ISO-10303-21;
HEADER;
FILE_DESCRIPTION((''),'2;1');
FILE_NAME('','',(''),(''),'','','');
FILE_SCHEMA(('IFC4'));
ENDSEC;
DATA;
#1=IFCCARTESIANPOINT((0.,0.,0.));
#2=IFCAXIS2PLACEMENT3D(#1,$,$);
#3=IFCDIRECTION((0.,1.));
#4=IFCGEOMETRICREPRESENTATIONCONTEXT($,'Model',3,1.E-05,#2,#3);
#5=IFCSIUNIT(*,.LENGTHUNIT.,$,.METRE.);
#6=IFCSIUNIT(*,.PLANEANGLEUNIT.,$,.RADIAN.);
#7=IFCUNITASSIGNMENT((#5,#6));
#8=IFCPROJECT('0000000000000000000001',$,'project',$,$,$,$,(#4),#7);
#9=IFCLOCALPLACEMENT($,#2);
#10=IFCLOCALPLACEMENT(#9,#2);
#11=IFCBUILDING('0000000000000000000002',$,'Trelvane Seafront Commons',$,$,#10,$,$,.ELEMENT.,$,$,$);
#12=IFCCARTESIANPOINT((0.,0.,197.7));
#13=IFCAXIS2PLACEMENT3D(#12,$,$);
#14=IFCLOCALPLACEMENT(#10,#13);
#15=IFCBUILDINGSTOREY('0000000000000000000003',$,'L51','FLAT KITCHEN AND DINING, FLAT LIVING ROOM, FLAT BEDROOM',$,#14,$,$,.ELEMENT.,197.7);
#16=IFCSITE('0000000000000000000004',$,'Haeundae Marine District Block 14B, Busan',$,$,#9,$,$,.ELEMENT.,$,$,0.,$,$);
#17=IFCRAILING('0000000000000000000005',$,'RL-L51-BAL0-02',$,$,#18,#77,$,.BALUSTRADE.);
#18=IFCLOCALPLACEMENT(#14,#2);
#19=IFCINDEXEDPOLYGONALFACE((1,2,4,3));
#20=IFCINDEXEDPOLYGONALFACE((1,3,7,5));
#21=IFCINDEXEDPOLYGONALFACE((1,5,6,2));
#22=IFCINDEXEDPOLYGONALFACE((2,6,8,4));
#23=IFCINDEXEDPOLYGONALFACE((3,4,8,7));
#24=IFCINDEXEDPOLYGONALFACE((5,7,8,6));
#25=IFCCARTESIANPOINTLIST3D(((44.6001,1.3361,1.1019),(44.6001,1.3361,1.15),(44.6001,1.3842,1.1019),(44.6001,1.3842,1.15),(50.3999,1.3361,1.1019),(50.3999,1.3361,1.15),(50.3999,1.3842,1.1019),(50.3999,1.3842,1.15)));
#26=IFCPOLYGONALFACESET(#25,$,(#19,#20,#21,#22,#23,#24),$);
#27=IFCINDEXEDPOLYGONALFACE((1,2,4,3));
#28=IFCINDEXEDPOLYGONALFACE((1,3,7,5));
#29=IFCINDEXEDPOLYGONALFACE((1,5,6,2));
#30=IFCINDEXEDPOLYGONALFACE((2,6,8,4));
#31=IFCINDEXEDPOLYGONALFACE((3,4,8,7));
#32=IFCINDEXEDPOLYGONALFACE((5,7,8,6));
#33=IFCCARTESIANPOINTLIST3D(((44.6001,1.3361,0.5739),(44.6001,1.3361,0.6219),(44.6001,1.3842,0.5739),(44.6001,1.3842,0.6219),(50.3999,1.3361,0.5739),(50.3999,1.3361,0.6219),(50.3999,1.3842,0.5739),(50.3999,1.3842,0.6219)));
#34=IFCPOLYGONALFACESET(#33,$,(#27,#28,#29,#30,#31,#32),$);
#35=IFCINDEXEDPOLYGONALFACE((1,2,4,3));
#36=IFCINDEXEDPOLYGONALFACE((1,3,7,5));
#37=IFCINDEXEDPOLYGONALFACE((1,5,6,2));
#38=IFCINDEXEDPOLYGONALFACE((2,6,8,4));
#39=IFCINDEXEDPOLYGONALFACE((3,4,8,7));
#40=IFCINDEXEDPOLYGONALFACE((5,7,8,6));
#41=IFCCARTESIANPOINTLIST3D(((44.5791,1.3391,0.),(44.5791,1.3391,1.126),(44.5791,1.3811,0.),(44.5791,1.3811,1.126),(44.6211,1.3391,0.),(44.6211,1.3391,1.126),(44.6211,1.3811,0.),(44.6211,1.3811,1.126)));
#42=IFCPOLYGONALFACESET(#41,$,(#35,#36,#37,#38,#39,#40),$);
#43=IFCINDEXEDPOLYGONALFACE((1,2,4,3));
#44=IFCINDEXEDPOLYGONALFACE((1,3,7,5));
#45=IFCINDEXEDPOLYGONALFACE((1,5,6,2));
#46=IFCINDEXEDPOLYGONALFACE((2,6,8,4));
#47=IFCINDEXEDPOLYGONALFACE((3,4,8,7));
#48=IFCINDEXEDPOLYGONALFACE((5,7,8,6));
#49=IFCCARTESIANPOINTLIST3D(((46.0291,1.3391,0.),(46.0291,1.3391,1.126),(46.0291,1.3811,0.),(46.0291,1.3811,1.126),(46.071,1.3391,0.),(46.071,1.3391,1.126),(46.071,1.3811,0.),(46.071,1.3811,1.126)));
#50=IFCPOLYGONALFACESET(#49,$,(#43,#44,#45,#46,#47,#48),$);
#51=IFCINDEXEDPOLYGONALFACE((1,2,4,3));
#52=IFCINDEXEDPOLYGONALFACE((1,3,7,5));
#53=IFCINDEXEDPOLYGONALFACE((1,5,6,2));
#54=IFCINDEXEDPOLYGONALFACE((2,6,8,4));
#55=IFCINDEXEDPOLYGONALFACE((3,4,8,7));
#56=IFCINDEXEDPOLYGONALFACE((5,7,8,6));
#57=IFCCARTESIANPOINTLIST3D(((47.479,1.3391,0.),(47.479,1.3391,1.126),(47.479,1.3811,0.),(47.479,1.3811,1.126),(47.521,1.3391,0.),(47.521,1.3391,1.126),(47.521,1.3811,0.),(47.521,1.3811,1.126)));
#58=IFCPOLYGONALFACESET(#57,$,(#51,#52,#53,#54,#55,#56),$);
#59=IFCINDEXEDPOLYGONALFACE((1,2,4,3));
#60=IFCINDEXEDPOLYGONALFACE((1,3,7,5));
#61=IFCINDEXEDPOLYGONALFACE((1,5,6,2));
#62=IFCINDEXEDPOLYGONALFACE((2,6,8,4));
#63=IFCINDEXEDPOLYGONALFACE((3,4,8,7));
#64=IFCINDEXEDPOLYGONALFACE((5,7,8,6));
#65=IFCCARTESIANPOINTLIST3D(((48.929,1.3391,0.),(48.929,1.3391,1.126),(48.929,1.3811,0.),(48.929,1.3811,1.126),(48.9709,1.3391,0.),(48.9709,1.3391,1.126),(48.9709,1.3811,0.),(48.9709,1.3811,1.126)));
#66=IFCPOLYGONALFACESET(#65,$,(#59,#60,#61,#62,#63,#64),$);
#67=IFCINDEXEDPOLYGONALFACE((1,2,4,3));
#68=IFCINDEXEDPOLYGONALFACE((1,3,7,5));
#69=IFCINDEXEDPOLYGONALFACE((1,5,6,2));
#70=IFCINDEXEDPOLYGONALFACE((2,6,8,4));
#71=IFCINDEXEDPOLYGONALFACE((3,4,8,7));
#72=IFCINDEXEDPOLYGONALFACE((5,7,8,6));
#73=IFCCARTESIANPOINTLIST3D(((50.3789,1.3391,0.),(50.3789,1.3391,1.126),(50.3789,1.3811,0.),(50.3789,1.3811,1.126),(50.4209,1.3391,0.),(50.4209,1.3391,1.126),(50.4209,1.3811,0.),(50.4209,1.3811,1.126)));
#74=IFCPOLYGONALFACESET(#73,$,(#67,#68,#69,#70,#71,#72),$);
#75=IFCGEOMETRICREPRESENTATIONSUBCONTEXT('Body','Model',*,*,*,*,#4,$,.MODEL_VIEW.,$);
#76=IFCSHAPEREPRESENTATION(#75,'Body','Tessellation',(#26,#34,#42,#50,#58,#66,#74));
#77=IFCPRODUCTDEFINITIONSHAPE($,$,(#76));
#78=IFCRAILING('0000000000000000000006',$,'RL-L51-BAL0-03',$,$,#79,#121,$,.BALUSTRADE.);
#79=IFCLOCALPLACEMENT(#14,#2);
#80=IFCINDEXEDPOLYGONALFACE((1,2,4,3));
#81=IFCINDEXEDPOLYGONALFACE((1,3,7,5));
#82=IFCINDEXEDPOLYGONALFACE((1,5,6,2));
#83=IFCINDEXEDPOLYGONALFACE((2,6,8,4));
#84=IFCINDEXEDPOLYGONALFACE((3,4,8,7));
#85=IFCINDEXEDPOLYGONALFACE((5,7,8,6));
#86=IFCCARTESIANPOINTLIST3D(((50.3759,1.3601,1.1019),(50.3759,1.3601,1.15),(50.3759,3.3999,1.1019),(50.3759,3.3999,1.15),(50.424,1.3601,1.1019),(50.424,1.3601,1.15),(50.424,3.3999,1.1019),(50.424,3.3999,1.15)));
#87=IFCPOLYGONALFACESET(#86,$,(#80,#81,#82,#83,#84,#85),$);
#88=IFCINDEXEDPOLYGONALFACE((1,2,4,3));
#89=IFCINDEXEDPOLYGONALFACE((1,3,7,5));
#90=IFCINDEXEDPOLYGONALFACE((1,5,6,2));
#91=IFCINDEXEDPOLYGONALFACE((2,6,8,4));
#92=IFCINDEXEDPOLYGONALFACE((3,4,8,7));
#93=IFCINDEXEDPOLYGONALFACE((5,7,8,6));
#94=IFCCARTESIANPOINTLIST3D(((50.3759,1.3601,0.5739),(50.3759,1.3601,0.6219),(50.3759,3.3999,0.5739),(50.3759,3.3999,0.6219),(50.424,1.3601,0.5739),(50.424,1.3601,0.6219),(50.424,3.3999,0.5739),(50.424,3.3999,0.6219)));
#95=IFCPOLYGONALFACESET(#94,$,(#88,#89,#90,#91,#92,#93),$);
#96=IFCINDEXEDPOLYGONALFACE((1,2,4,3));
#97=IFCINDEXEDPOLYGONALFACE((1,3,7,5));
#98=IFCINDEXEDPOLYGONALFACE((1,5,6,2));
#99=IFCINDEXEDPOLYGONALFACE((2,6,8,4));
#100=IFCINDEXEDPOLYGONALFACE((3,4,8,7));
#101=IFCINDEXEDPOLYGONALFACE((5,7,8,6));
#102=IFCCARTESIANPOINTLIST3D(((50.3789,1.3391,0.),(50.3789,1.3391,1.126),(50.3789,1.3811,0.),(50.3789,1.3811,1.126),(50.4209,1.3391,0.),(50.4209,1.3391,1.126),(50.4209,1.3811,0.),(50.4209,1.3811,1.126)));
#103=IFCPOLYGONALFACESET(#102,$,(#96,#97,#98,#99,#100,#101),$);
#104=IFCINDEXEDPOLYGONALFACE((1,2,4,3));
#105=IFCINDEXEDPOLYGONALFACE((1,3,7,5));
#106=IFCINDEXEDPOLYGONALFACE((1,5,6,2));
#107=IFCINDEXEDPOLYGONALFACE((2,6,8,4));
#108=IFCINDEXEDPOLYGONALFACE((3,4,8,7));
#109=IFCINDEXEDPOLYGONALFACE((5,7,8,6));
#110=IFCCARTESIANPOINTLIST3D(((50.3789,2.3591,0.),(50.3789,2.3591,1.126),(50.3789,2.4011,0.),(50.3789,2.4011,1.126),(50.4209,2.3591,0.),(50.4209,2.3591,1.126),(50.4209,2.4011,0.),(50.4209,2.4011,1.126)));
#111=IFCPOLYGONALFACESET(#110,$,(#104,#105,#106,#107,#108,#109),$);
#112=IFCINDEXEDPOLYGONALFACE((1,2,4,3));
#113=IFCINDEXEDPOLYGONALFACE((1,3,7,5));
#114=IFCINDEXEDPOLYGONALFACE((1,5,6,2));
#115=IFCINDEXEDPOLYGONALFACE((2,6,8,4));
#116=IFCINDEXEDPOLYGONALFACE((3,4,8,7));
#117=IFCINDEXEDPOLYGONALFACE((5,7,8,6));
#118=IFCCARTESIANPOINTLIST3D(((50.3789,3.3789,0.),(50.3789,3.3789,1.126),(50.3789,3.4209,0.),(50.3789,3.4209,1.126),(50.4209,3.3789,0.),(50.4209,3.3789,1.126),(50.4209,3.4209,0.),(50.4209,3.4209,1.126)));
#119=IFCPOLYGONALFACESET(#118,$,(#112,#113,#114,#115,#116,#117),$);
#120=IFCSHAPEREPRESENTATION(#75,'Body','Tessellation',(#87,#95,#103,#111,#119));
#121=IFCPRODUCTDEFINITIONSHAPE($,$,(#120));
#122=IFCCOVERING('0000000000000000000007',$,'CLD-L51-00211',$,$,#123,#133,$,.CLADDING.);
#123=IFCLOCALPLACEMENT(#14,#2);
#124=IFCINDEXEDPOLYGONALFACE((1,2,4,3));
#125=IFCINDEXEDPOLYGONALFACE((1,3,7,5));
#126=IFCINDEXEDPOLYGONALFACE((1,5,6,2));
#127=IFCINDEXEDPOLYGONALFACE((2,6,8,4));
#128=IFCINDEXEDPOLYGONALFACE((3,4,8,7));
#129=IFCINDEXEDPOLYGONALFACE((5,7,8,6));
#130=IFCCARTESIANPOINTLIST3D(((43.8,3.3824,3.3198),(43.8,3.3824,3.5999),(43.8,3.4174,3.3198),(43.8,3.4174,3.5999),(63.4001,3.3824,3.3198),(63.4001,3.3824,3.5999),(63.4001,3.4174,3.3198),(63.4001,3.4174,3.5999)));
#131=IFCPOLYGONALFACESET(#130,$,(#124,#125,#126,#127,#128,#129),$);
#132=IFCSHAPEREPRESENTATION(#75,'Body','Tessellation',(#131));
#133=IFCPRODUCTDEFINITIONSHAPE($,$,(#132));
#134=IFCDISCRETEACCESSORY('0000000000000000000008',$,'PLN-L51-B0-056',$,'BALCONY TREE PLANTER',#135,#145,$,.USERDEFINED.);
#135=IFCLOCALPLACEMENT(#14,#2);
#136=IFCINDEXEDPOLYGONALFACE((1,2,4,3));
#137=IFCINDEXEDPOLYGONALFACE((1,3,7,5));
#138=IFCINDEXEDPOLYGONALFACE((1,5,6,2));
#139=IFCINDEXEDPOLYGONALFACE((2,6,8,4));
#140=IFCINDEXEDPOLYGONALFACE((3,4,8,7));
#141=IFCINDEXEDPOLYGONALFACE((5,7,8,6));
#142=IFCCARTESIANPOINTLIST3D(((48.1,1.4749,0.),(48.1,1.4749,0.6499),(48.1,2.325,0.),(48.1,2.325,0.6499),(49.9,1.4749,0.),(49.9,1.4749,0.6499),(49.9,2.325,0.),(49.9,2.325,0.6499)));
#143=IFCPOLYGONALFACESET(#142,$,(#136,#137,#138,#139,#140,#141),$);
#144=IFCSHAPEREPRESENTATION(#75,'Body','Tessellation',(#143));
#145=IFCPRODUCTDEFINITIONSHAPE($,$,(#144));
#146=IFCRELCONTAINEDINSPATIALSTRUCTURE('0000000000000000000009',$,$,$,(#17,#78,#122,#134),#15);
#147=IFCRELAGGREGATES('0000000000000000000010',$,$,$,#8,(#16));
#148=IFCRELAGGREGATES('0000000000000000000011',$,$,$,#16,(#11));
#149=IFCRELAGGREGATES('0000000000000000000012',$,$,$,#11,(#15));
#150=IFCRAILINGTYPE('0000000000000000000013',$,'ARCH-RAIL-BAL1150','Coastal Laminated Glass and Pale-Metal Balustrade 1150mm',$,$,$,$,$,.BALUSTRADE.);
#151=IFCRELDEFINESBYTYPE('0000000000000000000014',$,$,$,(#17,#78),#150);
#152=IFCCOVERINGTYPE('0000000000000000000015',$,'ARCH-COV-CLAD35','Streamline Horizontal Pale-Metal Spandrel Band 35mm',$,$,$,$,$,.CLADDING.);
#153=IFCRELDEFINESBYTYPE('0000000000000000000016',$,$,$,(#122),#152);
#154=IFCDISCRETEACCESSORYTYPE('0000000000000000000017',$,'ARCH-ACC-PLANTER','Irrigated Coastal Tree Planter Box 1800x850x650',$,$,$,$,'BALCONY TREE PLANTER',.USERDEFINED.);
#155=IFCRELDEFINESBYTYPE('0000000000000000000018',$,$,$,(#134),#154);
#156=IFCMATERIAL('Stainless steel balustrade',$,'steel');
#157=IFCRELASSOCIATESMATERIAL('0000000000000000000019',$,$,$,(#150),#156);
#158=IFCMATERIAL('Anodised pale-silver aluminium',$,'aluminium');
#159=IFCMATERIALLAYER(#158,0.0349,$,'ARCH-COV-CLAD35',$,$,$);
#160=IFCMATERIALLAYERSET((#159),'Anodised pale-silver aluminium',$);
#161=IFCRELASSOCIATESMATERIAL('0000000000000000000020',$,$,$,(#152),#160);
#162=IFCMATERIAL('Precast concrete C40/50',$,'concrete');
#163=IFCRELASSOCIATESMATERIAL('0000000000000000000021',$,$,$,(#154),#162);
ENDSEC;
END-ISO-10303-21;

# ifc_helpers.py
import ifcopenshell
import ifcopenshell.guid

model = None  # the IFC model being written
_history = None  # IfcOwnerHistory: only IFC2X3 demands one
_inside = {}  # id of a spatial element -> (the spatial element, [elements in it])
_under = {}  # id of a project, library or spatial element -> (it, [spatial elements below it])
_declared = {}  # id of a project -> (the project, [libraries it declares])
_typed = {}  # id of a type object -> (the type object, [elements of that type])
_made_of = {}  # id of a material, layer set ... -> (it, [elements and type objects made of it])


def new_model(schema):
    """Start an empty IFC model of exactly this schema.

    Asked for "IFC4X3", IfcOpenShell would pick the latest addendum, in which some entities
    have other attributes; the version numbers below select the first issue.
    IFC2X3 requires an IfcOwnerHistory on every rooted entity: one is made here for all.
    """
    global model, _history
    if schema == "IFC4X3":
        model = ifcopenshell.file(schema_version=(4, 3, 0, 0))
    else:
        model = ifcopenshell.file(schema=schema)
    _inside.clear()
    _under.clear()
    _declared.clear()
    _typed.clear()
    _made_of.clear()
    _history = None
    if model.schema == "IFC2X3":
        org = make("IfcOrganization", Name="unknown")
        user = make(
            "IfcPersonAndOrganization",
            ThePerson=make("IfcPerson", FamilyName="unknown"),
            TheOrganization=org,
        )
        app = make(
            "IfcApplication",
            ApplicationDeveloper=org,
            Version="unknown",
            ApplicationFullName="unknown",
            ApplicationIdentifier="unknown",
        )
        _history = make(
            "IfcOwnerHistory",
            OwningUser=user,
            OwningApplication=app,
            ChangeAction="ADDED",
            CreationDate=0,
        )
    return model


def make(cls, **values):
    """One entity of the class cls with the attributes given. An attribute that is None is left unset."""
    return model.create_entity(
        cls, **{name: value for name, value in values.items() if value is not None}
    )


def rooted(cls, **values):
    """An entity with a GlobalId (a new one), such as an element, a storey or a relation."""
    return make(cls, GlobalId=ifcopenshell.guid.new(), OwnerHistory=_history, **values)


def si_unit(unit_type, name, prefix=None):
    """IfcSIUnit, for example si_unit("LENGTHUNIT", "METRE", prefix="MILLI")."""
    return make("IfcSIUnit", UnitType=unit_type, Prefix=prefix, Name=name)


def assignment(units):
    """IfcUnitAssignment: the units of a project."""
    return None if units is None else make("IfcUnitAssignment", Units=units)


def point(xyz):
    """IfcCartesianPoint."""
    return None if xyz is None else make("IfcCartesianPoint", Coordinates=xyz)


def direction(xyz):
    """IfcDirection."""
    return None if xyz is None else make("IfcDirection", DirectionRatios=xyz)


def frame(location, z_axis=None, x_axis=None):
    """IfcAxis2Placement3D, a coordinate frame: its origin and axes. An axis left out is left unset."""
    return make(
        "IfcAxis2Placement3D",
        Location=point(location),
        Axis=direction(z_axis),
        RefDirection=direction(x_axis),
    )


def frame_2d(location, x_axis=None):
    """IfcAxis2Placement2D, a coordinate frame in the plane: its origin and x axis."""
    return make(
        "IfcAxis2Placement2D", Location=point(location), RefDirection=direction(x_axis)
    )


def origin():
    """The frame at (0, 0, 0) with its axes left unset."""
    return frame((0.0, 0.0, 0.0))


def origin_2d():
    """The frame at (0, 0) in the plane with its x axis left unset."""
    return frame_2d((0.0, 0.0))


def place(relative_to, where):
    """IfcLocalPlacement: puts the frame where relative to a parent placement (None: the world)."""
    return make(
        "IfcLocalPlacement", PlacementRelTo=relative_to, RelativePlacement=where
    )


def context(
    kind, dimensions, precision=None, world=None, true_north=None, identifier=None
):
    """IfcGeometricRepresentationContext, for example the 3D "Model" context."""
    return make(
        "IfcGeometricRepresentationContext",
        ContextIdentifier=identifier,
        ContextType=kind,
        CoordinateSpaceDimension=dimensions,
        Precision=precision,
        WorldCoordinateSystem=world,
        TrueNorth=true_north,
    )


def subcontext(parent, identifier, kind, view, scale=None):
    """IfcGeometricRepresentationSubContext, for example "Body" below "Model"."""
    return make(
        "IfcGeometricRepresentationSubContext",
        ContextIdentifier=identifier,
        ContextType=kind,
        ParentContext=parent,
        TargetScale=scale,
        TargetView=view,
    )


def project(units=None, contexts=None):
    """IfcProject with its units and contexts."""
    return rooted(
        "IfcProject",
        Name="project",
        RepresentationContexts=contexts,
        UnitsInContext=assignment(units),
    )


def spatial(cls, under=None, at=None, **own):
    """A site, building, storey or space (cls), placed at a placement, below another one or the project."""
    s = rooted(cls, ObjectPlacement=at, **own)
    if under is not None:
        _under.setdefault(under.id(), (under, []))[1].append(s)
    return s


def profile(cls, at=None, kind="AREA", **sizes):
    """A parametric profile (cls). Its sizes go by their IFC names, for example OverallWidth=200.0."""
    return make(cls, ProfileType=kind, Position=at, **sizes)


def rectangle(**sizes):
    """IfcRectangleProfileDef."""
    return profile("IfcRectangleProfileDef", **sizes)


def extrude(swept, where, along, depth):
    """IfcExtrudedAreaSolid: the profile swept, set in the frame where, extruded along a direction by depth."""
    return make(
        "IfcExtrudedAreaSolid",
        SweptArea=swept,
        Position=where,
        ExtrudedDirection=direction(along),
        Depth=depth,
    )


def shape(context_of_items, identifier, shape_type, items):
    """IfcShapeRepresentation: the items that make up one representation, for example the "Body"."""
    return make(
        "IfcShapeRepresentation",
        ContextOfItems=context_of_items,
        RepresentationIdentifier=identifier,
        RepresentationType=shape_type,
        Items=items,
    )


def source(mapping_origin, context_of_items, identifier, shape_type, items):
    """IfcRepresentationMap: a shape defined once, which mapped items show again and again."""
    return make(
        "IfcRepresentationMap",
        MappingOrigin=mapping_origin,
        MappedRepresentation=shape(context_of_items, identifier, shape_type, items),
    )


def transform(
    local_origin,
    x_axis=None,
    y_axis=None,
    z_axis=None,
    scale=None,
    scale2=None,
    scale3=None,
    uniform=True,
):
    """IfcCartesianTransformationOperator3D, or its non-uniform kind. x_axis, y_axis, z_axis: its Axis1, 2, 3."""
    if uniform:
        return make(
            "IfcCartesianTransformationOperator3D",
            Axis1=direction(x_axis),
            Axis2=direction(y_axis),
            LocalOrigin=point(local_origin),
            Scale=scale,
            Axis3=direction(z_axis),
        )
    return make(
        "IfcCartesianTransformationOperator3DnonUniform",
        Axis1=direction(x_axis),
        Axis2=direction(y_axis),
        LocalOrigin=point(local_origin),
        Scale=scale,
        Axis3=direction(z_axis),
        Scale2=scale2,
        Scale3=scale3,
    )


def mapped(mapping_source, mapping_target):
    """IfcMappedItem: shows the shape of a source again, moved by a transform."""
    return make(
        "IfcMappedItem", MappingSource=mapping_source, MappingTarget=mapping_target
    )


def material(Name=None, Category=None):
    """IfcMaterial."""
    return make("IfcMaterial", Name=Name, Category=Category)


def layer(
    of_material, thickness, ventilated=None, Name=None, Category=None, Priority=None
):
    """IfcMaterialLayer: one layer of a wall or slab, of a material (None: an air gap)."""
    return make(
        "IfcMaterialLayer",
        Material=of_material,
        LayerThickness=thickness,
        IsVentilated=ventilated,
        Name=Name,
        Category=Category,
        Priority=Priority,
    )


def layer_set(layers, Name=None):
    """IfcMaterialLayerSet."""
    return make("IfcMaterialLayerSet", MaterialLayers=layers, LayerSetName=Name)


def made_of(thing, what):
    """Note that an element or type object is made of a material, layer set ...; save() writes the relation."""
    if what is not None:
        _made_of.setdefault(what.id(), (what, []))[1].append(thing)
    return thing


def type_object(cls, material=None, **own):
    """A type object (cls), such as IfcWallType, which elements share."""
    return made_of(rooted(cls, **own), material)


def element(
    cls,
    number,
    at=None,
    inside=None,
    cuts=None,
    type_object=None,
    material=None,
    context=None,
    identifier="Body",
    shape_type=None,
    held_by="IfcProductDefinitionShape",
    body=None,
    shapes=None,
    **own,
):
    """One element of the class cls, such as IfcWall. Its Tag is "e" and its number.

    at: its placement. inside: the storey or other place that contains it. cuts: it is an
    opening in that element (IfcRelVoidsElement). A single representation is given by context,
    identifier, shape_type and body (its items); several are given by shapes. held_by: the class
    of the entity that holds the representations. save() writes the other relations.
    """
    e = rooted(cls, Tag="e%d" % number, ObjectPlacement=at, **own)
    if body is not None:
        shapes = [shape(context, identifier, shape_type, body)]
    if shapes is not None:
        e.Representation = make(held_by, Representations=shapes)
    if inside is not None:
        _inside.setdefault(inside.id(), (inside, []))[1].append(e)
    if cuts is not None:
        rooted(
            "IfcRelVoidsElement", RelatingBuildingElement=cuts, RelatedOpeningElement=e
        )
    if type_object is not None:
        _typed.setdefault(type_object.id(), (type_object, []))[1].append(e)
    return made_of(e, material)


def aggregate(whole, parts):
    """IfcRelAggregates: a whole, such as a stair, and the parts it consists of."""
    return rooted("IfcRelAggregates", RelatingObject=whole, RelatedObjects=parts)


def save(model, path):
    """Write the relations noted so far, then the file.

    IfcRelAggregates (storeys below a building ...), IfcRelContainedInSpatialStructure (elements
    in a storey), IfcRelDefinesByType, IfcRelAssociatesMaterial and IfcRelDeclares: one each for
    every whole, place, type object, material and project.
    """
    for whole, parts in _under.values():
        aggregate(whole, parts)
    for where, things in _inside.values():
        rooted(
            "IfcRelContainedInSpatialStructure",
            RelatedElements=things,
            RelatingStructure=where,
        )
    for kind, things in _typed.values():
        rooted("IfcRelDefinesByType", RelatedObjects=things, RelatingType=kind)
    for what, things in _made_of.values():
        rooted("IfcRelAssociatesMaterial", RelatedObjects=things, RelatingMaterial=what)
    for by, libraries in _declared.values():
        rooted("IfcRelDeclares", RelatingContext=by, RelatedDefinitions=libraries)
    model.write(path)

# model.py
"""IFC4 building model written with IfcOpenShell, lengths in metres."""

from ifc_helpers import new_model, si_unit, direction, frame, origin, origin_2d, place, context, subcontext, project, spatial, rectangle, extrude, source, transform, mapped, material, layer, layer_set, type_object, element, save


model = new_model("IFC4")

# Units and contexts
model_context = context("Model", 3, precision=1e-05, world=origin(), true_north=direction((0.0, 1.0)))
body_context = subcontext(model_context, "Body", "Model", "MODEL_VIEW")
ifc_project = project(units=[si_unit("LENGTHUNIT", "METRE"), si_unit("PLANEANGLEUNIT", "RADIAN")], contexts=[model_context])

# Site, building, storey
site_placement = place(None, origin())
site = spatial("IfcSite", under=ifc_project, at=site_placement, Name="Haeundae Marine District Block 14B, Busan", CompositionType="ELEMENT", RefElevation=0.0)
building_placement = place(site_placement, origin())
building = spatial("IfcBuilding", under=site, at=building_placement, Name="Trelvane Seafront Commons", CompositionType="ELEMENT")
storey_placement = place(building_placement, frame((0.0, 0.0, 197.7)))
storey = spatial("IfcBuildingStorey", under=building, at=storey_placement, Name="L51", Description="FLAT KITCHEN AND DINING, FLAT LIVING ROOM, FLAT BEDROOM", CompositionType="ELEMENT", Elevation=197.7)

# Shared definitions
ifc_material_1 = material(Name="Anodised pale-silver aluminium", Category="aluminium")

# Shared definitions
ifc_material_2 = material(Name="Precast concrete C40/50", Category="concrete")

# Railings
ifc_material_3 = material(Name="Stainless steel balustrade", Category="steel")
railing_type = type_object("IfcRailingType", Name="ARCH-RAIL-BAL1150", Description="Coastal Laminated Glass and Pale-Metal Balustrade 1150mm", PredefinedType="BALUSTRADE", material=ifc_material_3)
railing_1_placement = place(storey_placement, frame((44.6001, 1.3601, 0.0)))
element("IfcRailing", 1, at=railing_1_placement, inside=storey, type_object=railing_type, Name="RL-L51-BAL0-02", PredefinedType="BALUSTRADE", context=body_context, shape_type="SweptSolid", body=[
    extrude(rectangle(XDim=0.0481, YDim=0.0481, at=origin_2d()), frame((0.0, 0.0, 1.126), z_axis=(1.0, 0.0, 0.0), x_axis=(0.0, 1.0, 0.0)), (0.0, 0.0, 1.0), 5.7998),
    extrude(rectangle(XDim=0.0481, YDim=0.0481, at=origin_2d()), frame((0.0, 0.0, 0.5979), z_axis=(1.0, 0.0, 0.0), x_axis=(0.0, 1.0, 0.0)), (0.0, 0.0, 1.0), 5.7998),
    extrude(rectangle(XDim=0.042, YDim=0.042, at=origin_2d()), origin(), (0.0, 0.0, 1.0), 1.126),
    extrude(rectangle(XDim=0.042, YDim=0.042, at=origin_2d()), frame((1.45, 0.0, 0.0)), (0.0, 0.0, 1.0), 1.126),
    extrude(rectangle(XDim=0.042, YDim=0.042, at=origin_2d()), frame((2.8999, 0.0, 0.0)), (0.0, 0.0, 1.0), 1.126),
    extrude(rectangle(XDim=0.042, YDim=0.042, at=origin_2d()), frame((4.3499, 0.0, 0.0)), (0.0, 0.0, 1.0), 1.126),
    extrude(rectangle(XDim=0.042, YDim=0.042, at=origin_2d()), frame((5.7998, 0.0, 0.0)), (0.0, 0.0, 1.0), 1.126),
])
railing_2_placement = place(storey_placement, frame((50.3999, 1.3601, 0.0)))
element("IfcRailing", 2, at=railing_2_placement, inside=storey, type_object=railing_type, Name="RL-L51-BAL0-03", PredefinedType="BALUSTRADE", context=body_context, shape_type="SweptSolid", body=[
    extrude(rectangle(XDim=0.0481, YDim=0.0481, at=origin_2d()), frame((0.0, 0.0, 1.126), z_axis=(0.0, 1.0, 0.0), x_axis=(-1.0, 0.0, 0.0)), (0.0, 0.0, 1.0), 2.0398),
    extrude(rectangle(XDim=0.0481, YDim=0.0481, at=origin_2d()), frame((0.0, 0.0, 0.5979), z_axis=(0.0, 1.0, 0.0), x_axis=(-1.0, 0.0, 0.0)), (0.0, 0.0, 1.0), 2.0398),
    extrude(rectangle(XDim=0.042, YDim=0.042, at=origin_2d()), origin(), (0.0, 0.0, 1.0), 1.126),
    extrude(rectangle(XDim=0.042, YDim=0.042, at=origin_2d()), frame((0.0, 1.02, 0.0)), (0.0, 0.0, 1.0), 1.126),
    extrude(rectangle(XDim=0.042, YDim=0.042, at=origin_2d()), frame((0.0, 2.0398, 0.0)), (0.0, 0.0, 1.0), 1.126),
])

# Covering
ifc_layer_1 = layer(ifc_material_1, 0.0349, Name="ARCH-COV-CLAD35")
ifc_layer_set_1 = layer_set([ifc_layer_1], Name="Anodised pale-silver aluminium")
covering_type = type_object("IfcCoveringType", Name="ARCH-COV-CLAD35", Description="Streamline Horizontal Pale-Metal Spandrel Band 35mm", PredefinedType="CLADDING", material=ifc_layer_set_1)
shared_shape_1 = source(origin(), body_context, "Body", "SweptSolid", [
    extrude(rectangle(XDim=19.6001, YDim=0.0349, at=origin_2d()), origin(), (0.0, 0.0, 1.0), 0.28),
])
covering_placement = place(storey_placement, frame((53.6001, 3.3999, 3.3198), z_axis=(0.0, 0.0, 1.0), x_axis=(-1.0, 0.0, 0.0)))
element("IfcCovering", 3, at=covering_placement, inside=storey, type_object=covering_type, Name="CLD-L51-00211", PredefinedType="CLADDING", context=body_context, shape_type="MappedRepresentation", body=[
    mapped(shared_shape_1, transform((0.0, 0.0, 0.0), x_axis=(1.0, 0.0, 0.0), y_axis=(0.0, 1.0, 0.0), z_axis=(0.0, 0.0, 1.0), scale=1.0)),
])

# Discrete accessory
discrete_accessory_type = type_object("IfcDiscreteAccessoryType", Name="ARCH-ACC-PLANTER", Description="Irrigated Coastal Tree Planter Box 1800x850x650", ElementType="BALCONY TREE PLANTER", PredefinedType="USERDEFINED", material=ifc_material_2)
shared_shape_2 = source(origin(), body_context, "Body", "SweptSolid", [
    extrude(rectangle(XDim=1.8, YDim=0.8501, at=origin_2d()), origin(), (0.0, 0.0, 1.0), 0.6499),
])
discrete_accessory_placement = place(storey_placement, frame((49.0, 1.8999, 0.0), z_axis=(0.0, 0.0, 1.0), x_axis=(1.0, 0.0, 0.0)))
element("IfcDiscreteAccessory", 4, at=discrete_accessory_placement, inside=storey, type_object=discrete_accessory_type, Name="PLN-L51-B0-056", ObjectType="BALCONY TREE PLANTER", PredefinedType="USERDEFINED", context=body_context, shape_type="MappedRepresentation", body=[
    mapped(shared_shape_2, transform((0.0, 0.0, 0.0), x_axis=(1.0, 0.0, 0.0), y_axis=(0.0, 1.0, 0.0), z_axis=(0.0, 0.0, 1.0), scale=1.0)),
])

save(model, "model.ifc")
